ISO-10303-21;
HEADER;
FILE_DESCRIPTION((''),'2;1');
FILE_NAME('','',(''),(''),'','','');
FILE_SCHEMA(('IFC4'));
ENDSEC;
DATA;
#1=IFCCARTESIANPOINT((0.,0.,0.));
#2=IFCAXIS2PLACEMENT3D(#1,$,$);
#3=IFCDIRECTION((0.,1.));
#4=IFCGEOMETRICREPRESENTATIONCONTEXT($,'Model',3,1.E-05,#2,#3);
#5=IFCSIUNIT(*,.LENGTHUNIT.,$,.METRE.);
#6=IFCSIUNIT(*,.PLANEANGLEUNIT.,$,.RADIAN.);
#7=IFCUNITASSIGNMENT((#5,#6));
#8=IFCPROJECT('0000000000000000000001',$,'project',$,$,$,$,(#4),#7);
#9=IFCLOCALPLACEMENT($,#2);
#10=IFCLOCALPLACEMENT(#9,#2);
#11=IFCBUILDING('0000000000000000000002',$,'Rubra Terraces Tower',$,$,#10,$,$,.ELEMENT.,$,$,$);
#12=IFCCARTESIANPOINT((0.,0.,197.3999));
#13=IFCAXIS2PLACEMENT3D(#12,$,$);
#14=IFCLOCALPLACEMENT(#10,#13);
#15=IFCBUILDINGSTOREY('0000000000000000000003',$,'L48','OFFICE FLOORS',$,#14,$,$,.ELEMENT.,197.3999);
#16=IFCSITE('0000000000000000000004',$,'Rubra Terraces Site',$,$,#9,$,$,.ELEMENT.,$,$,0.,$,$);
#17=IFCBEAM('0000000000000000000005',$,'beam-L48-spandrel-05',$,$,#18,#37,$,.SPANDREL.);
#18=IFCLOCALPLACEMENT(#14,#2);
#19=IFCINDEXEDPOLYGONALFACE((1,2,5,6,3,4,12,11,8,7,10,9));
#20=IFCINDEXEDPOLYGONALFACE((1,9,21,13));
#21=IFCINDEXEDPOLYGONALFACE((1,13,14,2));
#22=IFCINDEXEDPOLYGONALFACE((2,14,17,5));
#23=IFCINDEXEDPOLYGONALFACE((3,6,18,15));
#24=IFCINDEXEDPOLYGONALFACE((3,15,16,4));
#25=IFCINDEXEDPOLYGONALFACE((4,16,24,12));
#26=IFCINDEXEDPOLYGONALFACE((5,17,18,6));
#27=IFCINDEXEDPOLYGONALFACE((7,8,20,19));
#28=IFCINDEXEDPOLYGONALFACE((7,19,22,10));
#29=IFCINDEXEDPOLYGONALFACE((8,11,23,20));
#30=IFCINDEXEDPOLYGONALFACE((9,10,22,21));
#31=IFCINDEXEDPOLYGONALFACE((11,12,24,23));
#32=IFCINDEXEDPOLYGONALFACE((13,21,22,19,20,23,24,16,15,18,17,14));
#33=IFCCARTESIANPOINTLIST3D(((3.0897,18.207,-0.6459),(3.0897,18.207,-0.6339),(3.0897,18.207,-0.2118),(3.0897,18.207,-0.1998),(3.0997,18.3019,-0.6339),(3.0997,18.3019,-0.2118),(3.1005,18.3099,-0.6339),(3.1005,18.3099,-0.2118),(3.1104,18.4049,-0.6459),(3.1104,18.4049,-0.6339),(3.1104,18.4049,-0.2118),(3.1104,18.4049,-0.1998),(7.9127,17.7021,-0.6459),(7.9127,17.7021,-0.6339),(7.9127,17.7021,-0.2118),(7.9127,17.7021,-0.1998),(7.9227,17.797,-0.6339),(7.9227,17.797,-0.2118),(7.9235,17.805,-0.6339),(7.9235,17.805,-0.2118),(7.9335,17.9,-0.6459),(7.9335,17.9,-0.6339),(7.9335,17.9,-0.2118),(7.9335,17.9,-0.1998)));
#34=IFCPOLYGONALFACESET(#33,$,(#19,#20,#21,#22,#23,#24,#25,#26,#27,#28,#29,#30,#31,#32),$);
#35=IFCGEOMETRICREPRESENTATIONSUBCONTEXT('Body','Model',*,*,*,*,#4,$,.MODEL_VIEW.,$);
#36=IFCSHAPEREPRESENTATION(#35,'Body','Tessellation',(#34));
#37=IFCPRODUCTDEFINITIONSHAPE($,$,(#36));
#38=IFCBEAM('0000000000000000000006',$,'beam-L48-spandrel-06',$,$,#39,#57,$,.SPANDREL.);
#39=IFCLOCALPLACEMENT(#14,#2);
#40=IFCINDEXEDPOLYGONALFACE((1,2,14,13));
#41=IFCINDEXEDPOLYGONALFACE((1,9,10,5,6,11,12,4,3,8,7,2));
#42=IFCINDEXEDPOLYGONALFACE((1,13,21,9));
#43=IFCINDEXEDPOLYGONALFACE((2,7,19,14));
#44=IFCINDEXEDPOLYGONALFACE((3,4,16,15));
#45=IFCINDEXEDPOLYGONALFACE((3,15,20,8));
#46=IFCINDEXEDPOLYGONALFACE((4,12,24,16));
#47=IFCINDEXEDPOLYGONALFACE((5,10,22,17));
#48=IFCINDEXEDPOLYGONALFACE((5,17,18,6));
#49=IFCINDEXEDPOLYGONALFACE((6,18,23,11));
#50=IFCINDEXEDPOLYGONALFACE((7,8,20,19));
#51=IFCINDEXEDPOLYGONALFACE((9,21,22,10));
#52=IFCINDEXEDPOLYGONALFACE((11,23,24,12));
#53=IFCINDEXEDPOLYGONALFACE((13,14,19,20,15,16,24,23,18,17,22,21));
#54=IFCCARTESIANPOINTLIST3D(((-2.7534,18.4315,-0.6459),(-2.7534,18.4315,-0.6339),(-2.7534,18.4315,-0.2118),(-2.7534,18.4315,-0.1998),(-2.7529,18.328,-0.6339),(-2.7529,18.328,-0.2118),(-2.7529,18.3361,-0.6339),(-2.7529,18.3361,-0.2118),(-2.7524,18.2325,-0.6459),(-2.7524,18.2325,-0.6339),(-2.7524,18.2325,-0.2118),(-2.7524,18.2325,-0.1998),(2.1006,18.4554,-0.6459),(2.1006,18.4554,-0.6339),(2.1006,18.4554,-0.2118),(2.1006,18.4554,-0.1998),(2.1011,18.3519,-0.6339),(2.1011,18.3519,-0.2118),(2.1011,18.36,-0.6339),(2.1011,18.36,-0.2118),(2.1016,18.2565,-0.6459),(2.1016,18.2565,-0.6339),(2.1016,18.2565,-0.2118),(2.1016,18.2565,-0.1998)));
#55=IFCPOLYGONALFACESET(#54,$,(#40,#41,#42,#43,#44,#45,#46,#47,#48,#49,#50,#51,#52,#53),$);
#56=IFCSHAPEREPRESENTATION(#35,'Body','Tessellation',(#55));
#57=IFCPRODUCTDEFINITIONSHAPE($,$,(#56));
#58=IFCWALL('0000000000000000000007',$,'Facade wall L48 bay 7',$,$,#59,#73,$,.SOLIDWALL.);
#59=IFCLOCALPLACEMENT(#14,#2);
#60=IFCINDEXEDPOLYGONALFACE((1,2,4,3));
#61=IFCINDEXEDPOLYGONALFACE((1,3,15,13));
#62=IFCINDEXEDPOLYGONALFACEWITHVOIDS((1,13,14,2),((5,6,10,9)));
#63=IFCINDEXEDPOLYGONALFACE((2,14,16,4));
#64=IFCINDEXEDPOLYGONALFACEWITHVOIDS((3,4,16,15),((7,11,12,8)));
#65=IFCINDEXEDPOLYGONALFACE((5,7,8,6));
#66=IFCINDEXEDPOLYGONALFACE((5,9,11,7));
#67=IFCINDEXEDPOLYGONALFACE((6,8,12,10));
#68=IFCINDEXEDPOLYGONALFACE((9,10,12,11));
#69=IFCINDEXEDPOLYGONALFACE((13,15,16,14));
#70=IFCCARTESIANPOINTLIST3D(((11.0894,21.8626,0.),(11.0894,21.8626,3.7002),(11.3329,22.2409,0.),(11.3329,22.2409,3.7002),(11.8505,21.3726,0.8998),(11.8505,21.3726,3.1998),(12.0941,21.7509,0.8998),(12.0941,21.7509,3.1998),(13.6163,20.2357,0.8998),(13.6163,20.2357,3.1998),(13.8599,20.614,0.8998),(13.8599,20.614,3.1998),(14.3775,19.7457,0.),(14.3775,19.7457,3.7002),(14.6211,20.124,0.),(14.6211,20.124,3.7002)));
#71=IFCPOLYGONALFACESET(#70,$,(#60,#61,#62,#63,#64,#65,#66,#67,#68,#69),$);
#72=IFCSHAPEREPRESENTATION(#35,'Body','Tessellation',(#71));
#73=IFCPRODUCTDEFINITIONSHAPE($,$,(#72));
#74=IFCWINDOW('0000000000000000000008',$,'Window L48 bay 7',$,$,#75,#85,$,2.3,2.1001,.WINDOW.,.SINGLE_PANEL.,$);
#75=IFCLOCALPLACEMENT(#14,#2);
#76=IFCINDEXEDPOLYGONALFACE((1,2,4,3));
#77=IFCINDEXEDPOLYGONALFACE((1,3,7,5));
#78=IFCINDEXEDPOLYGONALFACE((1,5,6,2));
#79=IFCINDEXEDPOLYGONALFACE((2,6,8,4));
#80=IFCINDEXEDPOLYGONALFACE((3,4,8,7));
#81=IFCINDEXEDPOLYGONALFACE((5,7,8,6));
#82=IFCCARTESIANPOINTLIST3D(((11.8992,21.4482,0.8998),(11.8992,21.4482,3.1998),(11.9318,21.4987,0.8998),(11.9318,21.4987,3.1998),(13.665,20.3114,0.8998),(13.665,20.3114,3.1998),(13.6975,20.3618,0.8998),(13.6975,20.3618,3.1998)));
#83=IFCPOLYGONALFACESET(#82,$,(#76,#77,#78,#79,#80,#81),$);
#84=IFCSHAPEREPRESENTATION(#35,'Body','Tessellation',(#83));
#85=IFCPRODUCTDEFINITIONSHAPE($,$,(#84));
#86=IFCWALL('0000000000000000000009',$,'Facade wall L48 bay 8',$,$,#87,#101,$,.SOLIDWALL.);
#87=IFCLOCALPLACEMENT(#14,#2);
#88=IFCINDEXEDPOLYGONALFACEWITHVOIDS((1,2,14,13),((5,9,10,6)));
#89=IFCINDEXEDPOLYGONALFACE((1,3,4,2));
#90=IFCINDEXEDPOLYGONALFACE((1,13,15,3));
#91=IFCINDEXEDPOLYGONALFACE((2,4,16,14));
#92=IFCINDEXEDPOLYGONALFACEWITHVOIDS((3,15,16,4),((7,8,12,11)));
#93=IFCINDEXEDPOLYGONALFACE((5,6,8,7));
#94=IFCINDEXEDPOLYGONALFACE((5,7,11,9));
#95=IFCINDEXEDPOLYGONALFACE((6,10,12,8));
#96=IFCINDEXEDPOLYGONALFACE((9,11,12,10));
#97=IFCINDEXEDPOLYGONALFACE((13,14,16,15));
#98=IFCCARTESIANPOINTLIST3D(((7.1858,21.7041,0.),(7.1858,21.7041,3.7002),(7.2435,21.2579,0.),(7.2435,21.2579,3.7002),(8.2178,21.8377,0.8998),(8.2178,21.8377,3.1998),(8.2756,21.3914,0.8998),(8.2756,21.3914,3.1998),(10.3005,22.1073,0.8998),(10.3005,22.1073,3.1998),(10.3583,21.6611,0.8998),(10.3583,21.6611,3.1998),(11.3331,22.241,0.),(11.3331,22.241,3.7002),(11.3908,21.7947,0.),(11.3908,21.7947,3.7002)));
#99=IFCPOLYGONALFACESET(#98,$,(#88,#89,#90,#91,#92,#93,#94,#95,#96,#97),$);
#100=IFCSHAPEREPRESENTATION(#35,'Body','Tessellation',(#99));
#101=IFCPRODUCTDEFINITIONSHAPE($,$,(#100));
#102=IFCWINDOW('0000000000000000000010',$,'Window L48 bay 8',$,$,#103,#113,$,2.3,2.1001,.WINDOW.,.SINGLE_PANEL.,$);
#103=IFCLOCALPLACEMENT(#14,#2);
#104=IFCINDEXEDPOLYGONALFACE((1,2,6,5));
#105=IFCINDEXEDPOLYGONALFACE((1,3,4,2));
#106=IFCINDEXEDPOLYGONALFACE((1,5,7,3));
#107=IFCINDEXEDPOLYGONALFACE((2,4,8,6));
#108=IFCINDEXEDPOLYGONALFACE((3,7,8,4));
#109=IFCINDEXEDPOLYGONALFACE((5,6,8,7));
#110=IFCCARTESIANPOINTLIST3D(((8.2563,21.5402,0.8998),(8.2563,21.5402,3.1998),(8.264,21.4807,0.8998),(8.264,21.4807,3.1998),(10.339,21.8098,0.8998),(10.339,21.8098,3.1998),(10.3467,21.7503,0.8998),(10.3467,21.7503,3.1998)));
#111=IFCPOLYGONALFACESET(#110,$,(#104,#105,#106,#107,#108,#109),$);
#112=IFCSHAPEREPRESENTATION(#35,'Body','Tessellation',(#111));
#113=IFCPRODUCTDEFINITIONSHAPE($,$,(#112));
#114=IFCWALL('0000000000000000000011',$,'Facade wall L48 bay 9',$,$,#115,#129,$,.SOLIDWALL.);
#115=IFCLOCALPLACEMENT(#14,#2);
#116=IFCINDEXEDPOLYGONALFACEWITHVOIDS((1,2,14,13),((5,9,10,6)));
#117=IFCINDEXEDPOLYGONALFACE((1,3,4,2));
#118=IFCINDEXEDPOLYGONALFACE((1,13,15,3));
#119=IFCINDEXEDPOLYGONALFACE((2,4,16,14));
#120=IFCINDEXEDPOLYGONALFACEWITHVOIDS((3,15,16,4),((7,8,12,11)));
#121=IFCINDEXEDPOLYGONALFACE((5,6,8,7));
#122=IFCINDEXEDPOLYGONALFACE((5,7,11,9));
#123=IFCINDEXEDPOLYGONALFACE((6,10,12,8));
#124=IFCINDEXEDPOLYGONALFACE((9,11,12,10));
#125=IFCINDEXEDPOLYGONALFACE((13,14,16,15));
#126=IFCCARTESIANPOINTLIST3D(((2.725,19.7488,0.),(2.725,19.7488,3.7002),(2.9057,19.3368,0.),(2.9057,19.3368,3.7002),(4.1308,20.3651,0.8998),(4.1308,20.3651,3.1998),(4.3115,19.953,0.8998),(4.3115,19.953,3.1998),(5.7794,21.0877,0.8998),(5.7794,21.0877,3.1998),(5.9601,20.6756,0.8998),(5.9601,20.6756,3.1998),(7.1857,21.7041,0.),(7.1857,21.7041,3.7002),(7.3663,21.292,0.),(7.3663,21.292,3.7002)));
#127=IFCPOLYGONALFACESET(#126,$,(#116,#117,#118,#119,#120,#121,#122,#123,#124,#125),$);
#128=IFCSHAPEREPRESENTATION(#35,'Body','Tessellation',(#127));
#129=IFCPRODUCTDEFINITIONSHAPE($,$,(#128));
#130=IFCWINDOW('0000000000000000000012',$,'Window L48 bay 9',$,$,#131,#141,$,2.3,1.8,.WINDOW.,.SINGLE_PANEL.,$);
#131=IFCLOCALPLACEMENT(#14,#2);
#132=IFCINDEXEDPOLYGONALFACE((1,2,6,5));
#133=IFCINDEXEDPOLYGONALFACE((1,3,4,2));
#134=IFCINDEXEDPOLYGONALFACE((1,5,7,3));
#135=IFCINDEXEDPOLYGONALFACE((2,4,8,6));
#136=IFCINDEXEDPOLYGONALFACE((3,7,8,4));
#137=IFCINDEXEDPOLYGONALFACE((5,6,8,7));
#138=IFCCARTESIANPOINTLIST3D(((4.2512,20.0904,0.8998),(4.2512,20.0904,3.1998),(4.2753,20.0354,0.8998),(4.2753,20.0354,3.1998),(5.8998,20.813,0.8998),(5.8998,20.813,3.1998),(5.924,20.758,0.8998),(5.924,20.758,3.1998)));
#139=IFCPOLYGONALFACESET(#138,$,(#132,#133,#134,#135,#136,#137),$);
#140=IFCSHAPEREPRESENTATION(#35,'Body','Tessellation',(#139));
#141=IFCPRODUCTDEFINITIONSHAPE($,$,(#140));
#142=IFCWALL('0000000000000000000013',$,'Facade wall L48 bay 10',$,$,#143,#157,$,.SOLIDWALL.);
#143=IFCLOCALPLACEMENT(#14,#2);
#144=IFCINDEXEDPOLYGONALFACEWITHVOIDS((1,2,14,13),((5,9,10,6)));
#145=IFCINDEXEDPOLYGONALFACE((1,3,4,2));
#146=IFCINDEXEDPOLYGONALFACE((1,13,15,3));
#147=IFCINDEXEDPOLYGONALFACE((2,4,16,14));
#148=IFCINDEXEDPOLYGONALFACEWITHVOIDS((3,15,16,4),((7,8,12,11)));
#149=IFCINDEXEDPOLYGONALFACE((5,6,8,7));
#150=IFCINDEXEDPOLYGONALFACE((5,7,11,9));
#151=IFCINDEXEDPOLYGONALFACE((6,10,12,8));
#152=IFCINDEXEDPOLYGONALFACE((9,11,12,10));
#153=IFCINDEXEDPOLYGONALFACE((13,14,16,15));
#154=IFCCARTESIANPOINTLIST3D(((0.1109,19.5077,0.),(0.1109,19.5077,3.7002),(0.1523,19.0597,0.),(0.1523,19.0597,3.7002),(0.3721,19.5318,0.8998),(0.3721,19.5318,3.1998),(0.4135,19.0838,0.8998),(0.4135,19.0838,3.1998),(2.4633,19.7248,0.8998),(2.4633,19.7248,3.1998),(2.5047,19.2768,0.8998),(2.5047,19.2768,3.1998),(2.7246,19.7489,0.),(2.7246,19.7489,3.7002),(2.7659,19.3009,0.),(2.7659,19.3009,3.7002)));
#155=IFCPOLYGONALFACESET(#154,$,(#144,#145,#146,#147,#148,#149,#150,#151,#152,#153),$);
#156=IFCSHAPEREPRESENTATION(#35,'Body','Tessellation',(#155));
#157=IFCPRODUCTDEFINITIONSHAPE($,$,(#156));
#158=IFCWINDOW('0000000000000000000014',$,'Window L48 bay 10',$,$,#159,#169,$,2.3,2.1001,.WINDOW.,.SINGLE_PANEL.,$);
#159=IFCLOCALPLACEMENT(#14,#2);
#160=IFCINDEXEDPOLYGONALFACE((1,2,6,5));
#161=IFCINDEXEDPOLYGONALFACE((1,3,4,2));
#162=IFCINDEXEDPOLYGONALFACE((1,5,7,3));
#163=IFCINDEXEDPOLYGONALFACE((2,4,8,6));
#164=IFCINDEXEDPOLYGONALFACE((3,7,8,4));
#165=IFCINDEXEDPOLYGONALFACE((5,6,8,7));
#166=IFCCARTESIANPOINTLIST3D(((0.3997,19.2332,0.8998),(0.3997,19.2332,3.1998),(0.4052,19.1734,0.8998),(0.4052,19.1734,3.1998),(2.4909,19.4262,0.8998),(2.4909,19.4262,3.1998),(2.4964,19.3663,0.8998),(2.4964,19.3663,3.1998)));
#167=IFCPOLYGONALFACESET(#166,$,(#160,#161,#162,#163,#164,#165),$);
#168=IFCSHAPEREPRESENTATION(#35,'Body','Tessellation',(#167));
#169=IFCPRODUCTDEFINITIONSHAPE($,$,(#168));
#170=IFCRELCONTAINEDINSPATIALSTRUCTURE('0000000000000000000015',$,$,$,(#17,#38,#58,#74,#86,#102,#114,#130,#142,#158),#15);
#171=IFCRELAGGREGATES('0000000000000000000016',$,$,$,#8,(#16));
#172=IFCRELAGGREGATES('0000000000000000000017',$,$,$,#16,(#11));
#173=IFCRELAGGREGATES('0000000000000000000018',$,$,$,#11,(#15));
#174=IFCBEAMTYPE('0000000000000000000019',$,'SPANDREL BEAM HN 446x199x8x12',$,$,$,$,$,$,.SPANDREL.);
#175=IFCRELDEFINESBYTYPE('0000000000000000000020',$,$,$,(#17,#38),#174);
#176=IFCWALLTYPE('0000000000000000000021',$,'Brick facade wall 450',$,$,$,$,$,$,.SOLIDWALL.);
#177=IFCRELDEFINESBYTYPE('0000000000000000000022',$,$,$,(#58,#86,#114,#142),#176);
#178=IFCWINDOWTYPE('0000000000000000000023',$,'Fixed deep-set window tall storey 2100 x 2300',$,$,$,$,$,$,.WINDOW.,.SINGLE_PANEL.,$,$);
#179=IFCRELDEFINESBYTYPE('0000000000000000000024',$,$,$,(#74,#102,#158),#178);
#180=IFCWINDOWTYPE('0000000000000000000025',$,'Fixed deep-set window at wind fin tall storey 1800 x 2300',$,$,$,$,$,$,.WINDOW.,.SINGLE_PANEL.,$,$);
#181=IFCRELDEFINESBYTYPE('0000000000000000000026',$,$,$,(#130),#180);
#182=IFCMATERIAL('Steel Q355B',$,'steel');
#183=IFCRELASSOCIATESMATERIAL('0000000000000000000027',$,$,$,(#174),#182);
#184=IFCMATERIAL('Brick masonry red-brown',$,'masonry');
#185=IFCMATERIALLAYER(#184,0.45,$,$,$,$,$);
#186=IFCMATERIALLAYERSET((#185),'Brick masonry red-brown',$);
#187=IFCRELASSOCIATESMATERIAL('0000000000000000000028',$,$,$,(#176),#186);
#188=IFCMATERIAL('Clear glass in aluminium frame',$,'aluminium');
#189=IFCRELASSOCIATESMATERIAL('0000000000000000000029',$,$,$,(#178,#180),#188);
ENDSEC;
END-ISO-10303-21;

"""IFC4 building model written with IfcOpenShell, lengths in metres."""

from ifc_helpers import new_model, si_unit, direction, frame, frame_2d, origin, origin_2d, place, context, subcontext, project, spatial, rectangle, i_section, extrude, material, layer, layer_set, material_profile, profile_set, type_object, element, fill, save


model = new_model("IFC4")

# Units and contexts
model_context = context("Model", 3, precision=1e-05, world=origin(), true_north=direction((0.0, 1.0)))
body_context = subcontext(model_context, "Body", "Model", "MODEL_VIEW")
ifc_project = project(units=[si_unit("LENGTHUNIT", "METRE"), si_unit("PLANEANGLEUNIT", "RADIAN")], contexts=[model_context])

# Site, building, storey
site_placement = place(None, origin())
site = spatial("IfcSite", under=ifc_project, at=site_placement, Name="Rubra Terraces Site", CompositionType="ELEMENT", RefElevation=0.0)
building_placement = place(site_placement, origin())
building = spatial("IfcBuilding", under=site, at=building_placement, Name="Rubra Terraces Tower", CompositionType="ELEMENT")
storey_placement = place(building_placement, frame((0.0, 0.0, 197.3999)))
storey = spatial("IfcBuildingStorey", under=building, at=storey_placement, Name="L48", Description="OFFICE FLOORS", CompositionType="ELEMENT", Elevation=197.3999)

# Beams
ifc_material_1 = material(Name="Steel Q355B", Category="steel")
ifc_material_profile_1 = material_profile(ifc_material_1, i_section(OverallWidth=0.199, OverallDepth=0.446, WebThickness=0.0081, FlangeThickness=0.012, at=origin_2d()), Name="HN 446x199x8x12")
ifc_profile_set_1 = profile_set([ifc_material_profile_1], Name="Steel Q355B")
beam_type_1 = type_object("IfcBeamType", Name="SPANDREL BEAM HN 446x199x8x12", PredefinedType="SPANDREL", material=ifc_profile_set_1)
beam_1_placement = place(storey_placement, frame((7.9231, 17.801, -0.4229), z_axis=(-0.994565, 0.104113, 0.0), x_axis=(-0.104113, -0.994565, 0.0)))
element("IfcBeam", 1, at=beam_1_placement, inside=storey, type_object=beam_type_1, Name="beam-L48-spandrel-05", PredefinedType="SPANDREL", context=body_context, shape_type="SweptSolid", body=[
    extrude(i_section(OverallWidth=0.199, OverallDepth=0.446, WebThickness=0.0081, FlangeThickness=0.012, at=origin_2d()), origin(), (0.0, 0.0, 1.0), 4.8494),
])
beam_2_placement = place(storey_placement, frame((2.1011, 18.356, -0.4229), z_axis=(-0.999988, -0.004929, 0.0), x_axis=(0.004929, -0.999988, 0.0)))
element("IfcBeam", 2, at=beam_2_placement, inside=storey, type_object=beam_type_1, Name="beam-L48-spandrel-06", PredefinedType="SPANDREL", context=body_context, shape_type="SweptSolid", body=[
    extrude(i_section(OverallWidth=0.199, OverallDepth=0.446, WebThickness=0.0081, FlangeThickness=0.012, at=origin_2d()), origin(), (0.0, 0.0, 1.0), 4.854),
])

# Walls, openings, windows
ifc_material_2 = material(Name="Brick masonry red-brown", Category="masonry")
ifc_layer_1 = layer(ifc_material_2, 0.45)
ifc_layer_set_1 = layer_set([ifc_layer_1], Name="Brick masonry red-brown")
wall_type_1 = type_object("IfcWallType", Name="Brick facade wall 450", PredefinedType="SOLIDWALL", material=ifc_layer_set_1)
wall_1_placement = place(storey_placement, frame((14.4993, 19.9348, 0.0), z_axis=(0.0, 0.0, 1.0), x_axis=(-0.840809, 0.541332, 0.0)))
wall_1 = element("IfcWall", 3, at=wall_1_placement, inside=storey, type_object=wall_type_1, Name="Facade wall L48 bay 7", PredefinedType="SOLIDWALL", context=body_context, shape_type="SweptSolid", body=[
    extrude(rectangle(XDim=3.9106, YDim=0.45, at=frame_2d((1.9553, 0.0))), origin(), (0.0, 0.0, 1.0), 3.7002),
])
opening_1_placement = place(wall_1_placement, frame((0.9053, 0.0, 0.8999)))
opening_1 = element("IfcOpeningElement", 4, at=opening_1_placement, cuts=wall_1, PredefinedType="OPENING", context=body_context, shape_type="SweptSolid", body=[
    extrude(rectangle(XDim=2.1001, YDim=2.3, at=frame_2d((1.05, 1.1499))), frame((0.0, 0.2349, 0.0), z_axis=(0.0, -1.0, 0.0), x_axis=(1.0, 0.0, 0.0)), (0.0, 0.0, 1.0), 0.47),
])
ifc_material_3 = material(Name="Clear glass in aluminium frame", Category="aluminium")
window_type_1 = type_object("IfcWindowType", Name="Fixed deep-set window tall storey 2100 x 2300", PartitioningType="SINGLE_PANEL", PredefinedType="WINDOW", material=ifc_material_3)
window_1_placement = place(opening_1_placement, origin())
window_1 = element("IfcWindow", 5, at=window_1_placement, inside=storey, type_object=window_type_1, Name="Window L48 bay 7", OverallHeight=2.3, OverallWidth=2.1001, PartitioningType="SINGLE_PANEL", PredefinedType="WINDOW", context=body_context, shape_type="SweptSolid", body=[
    extrude(rectangle(XDim=2.1001, YDim=2.3, at=frame_2d((1.05, 1.1499))), frame((0.0, 0.135, 0.0), z_axis=(0.0, -1.0, 0.0), x_axis=(1.0, 0.0, 0.0)), (0.0, 0.0, 1.0), 0.0601),
])
fill(opening_1, window_1)
wall_2_placement = place(storey_placement, frame((11.3618, 22.0178, 0.0), z_axis=(0.0, 0.0, 1.0), x_axis=(-0.991725, -0.128381, 0.0)))
wall_2 = element("IfcWall", 6, at=wall_2_placement, inside=storey, type_object=wall_type_1, Name="Facade wall L48 bay 8", PredefinedType="SOLIDWALL", context=body_context, shape_type="SweptSolid", body=[
    extrude(rectangle(XDim=4.1819, YDim=0.45, at=frame_2d((2.0908, 0.0))), origin(), (0.0, 0.0, 1.0), 3.7002),
])
opening_2_placement = place(wall_2_placement, frame((1.041, 0.0, 0.8999)))
opening_2 = element("IfcOpeningElement", 7, at=opening_2_placement, cuts=wall_2, PredefinedType="OPENING", context=body_context, shape_type="SweptSolid", body=[
    extrude(rectangle(XDim=2.1001, YDim=2.3, at=frame_2d((1.05, 1.1499))), frame((0.0, 0.2349, 0.0), z_axis=(0.0, -1.0, 0.0), x_axis=(1.0, 0.0, 0.0)), (0.0, 0.0, 1.0), 0.47),
])
window_2_placement = place(opening_2_placement, origin())
window_2 = element("IfcWindow", 8, at=window_2_placement, inside=storey, type_object=window_type_1, Name="Window L48 bay 8", OverallHeight=2.3, OverallWidth=2.1001, PartitioningType="SINGLE_PANEL", PredefinedType="WINDOW", context=body_context, shape_type="SweptSolid", body=[
    extrude(rectangle(XDim=2.1001, YDim=2.3, at=frame_2d((1.05, 1.1499))), frame((0.0, 0.135, 0.0), z_axis=(0.0, -1.0, 0.0), x_axis=(1.0, 0.0, 0.0)), (0.0, 0.0, 1.0), 0.0601),
])
fill(opening_2, window_2)
wall_3_placement = place(storey_placement, frame((7.2759, 21.498, 0.0), z_axis=(0.0, 0.0, 1.0), x_axis=(-0.915873, -0.401468, 0.0)))
wall_3 = element("IfcWall", 9, at=wall_3_placement, inside=storey, type_object=wall_type_1, Name="Facade wall L48 bay 9", PredefinedType="SOLIDWALL", context=body_context, shape_type="SweptSolid", body=[
    extrude(rectangle(XDim=4.8704, YDim=0.45, at=frame_2d((2.4351, 0.0))), origin(), (0.0, 0.0, 1.0), 3.7002),
])
opening_3_placement = place(wall_3_placement, frame((1.5354, 0.0, 0.8999)))
opening_3 = element("IfcOpeningElement", 10, at=opening_3_placement, cuts=wall_3, PredefinedType="OPENING", context=body_context, shape_type="SweptSolid", body=[
    extrude(rectangle(XDim=1.8, YDim=2.3, at=frame_2d((0.8999, 1.1499))), frame((0.0, 0.2349, 0.0), z_axis=(0.0, -1.0, 0.0), x_axis=(1.0, 0.0, 0.0)), (0.0, 0.0, 1.0), 0.47),
])
window_type_2 = type_object("IfcWindowType", Name="Fixed deep-set window at wind fin tall storey 1800 x 2300", PartitioningType="SINGLE_PANEL", PredefinedType="WINDOW", material=ifc_material_3)
window_3_placement = place(opening_3_placement, origin())
window_3 = element("IfcWindow", 11, at=window_3_placement, inside=storey, type_object=window_type_2, Name="Window L48 bay 9", OverallHeight=2.3, OverallWidth=1.8, PartitioningType="SINGLE_PANEL", PredefinedType="WINDOW", context=body_context, shape_type="SweptSolid", body=[
    extrude(rectangle(XDim=1.8, YDim=2.3, at=frame_2d((0.8999, 1.1499))), frame((0.0, 0.135, 0.0), z_axis=(0.0, -1.0, 0.0), x_axis=(1.0, 0.0, 0.0)), (0.0, 0.0, 1.0), 0.0601),
])
fill(opening_3, window_3)
wall_4_placement = place(storey_placement, frame((2.7454, 19.5249, 0.0), z_axis=(0.0, 0.0, 1.0), x_axis=(-0.995769, -0.091894, 0.0)))
wall_4 = element("IfcWall", 12, at=wall_4_placement, inside=storey, type_object=wall_type_1, Name="Facade wall L48 bay 10", PredefinedType="SOLIDWALL", context=body_context, shape_type="SweptSolid", body=[
    extrude(rectangle(XDim=2.6248, YDim=0.45, at=frame_2d((1.3125, 0.0))), origin(), (0.0, 0.0, 1.0), 3.7002),
])
opening_4_placement = place(wall_4_placement, frame((0.2625, 0.0, 0.8999)))
opening_4 = element("IfcOpeningElement", 13, at=opening_4_placement, cuts=wall_4, PredefinedType="OPENING", context=body_context, shape_type="SweptSolid", body=[
    extrude(rectangle(XDim=2.1001, YDim=2.3, at=frame_2d((1.05, 1.1499))), frame((0.0, 0.2349, 0.0), z_axis=(0.0, -1.0, 0.0), x_axis=(1.0, 0.0, 0.0)), (0.0, 0.0, 1.0), 0.47),
])
window_4_placement = place(opening_4_placement, origin())
window_4 = element("IfcWindow", 14, at=window_4_placement, inside=storey, type_object=window_type_1, Name="Window L48 bay 10", OverallHeight=2.3, OverallWidth=2.1001, PartitioningType="SINGLE_PANEL", PredefinedType="WINDOW", context=body_context, shape_type="SweptSolid", body=[
    extrude(rectangle(XDim=2.1001, YDim=2.3, at=frame_2d((1.05, 1.1499))), frame((0.0, 0.135, 0.0), z_axis=(0.0, -1.0, 0.0), x_axis=(1.0, 0.0, 0.0)), (0.0, 0.0, 1.0), 0.0601),
])
fill(opening_4, window_4)

save(model, "model.ifc")
